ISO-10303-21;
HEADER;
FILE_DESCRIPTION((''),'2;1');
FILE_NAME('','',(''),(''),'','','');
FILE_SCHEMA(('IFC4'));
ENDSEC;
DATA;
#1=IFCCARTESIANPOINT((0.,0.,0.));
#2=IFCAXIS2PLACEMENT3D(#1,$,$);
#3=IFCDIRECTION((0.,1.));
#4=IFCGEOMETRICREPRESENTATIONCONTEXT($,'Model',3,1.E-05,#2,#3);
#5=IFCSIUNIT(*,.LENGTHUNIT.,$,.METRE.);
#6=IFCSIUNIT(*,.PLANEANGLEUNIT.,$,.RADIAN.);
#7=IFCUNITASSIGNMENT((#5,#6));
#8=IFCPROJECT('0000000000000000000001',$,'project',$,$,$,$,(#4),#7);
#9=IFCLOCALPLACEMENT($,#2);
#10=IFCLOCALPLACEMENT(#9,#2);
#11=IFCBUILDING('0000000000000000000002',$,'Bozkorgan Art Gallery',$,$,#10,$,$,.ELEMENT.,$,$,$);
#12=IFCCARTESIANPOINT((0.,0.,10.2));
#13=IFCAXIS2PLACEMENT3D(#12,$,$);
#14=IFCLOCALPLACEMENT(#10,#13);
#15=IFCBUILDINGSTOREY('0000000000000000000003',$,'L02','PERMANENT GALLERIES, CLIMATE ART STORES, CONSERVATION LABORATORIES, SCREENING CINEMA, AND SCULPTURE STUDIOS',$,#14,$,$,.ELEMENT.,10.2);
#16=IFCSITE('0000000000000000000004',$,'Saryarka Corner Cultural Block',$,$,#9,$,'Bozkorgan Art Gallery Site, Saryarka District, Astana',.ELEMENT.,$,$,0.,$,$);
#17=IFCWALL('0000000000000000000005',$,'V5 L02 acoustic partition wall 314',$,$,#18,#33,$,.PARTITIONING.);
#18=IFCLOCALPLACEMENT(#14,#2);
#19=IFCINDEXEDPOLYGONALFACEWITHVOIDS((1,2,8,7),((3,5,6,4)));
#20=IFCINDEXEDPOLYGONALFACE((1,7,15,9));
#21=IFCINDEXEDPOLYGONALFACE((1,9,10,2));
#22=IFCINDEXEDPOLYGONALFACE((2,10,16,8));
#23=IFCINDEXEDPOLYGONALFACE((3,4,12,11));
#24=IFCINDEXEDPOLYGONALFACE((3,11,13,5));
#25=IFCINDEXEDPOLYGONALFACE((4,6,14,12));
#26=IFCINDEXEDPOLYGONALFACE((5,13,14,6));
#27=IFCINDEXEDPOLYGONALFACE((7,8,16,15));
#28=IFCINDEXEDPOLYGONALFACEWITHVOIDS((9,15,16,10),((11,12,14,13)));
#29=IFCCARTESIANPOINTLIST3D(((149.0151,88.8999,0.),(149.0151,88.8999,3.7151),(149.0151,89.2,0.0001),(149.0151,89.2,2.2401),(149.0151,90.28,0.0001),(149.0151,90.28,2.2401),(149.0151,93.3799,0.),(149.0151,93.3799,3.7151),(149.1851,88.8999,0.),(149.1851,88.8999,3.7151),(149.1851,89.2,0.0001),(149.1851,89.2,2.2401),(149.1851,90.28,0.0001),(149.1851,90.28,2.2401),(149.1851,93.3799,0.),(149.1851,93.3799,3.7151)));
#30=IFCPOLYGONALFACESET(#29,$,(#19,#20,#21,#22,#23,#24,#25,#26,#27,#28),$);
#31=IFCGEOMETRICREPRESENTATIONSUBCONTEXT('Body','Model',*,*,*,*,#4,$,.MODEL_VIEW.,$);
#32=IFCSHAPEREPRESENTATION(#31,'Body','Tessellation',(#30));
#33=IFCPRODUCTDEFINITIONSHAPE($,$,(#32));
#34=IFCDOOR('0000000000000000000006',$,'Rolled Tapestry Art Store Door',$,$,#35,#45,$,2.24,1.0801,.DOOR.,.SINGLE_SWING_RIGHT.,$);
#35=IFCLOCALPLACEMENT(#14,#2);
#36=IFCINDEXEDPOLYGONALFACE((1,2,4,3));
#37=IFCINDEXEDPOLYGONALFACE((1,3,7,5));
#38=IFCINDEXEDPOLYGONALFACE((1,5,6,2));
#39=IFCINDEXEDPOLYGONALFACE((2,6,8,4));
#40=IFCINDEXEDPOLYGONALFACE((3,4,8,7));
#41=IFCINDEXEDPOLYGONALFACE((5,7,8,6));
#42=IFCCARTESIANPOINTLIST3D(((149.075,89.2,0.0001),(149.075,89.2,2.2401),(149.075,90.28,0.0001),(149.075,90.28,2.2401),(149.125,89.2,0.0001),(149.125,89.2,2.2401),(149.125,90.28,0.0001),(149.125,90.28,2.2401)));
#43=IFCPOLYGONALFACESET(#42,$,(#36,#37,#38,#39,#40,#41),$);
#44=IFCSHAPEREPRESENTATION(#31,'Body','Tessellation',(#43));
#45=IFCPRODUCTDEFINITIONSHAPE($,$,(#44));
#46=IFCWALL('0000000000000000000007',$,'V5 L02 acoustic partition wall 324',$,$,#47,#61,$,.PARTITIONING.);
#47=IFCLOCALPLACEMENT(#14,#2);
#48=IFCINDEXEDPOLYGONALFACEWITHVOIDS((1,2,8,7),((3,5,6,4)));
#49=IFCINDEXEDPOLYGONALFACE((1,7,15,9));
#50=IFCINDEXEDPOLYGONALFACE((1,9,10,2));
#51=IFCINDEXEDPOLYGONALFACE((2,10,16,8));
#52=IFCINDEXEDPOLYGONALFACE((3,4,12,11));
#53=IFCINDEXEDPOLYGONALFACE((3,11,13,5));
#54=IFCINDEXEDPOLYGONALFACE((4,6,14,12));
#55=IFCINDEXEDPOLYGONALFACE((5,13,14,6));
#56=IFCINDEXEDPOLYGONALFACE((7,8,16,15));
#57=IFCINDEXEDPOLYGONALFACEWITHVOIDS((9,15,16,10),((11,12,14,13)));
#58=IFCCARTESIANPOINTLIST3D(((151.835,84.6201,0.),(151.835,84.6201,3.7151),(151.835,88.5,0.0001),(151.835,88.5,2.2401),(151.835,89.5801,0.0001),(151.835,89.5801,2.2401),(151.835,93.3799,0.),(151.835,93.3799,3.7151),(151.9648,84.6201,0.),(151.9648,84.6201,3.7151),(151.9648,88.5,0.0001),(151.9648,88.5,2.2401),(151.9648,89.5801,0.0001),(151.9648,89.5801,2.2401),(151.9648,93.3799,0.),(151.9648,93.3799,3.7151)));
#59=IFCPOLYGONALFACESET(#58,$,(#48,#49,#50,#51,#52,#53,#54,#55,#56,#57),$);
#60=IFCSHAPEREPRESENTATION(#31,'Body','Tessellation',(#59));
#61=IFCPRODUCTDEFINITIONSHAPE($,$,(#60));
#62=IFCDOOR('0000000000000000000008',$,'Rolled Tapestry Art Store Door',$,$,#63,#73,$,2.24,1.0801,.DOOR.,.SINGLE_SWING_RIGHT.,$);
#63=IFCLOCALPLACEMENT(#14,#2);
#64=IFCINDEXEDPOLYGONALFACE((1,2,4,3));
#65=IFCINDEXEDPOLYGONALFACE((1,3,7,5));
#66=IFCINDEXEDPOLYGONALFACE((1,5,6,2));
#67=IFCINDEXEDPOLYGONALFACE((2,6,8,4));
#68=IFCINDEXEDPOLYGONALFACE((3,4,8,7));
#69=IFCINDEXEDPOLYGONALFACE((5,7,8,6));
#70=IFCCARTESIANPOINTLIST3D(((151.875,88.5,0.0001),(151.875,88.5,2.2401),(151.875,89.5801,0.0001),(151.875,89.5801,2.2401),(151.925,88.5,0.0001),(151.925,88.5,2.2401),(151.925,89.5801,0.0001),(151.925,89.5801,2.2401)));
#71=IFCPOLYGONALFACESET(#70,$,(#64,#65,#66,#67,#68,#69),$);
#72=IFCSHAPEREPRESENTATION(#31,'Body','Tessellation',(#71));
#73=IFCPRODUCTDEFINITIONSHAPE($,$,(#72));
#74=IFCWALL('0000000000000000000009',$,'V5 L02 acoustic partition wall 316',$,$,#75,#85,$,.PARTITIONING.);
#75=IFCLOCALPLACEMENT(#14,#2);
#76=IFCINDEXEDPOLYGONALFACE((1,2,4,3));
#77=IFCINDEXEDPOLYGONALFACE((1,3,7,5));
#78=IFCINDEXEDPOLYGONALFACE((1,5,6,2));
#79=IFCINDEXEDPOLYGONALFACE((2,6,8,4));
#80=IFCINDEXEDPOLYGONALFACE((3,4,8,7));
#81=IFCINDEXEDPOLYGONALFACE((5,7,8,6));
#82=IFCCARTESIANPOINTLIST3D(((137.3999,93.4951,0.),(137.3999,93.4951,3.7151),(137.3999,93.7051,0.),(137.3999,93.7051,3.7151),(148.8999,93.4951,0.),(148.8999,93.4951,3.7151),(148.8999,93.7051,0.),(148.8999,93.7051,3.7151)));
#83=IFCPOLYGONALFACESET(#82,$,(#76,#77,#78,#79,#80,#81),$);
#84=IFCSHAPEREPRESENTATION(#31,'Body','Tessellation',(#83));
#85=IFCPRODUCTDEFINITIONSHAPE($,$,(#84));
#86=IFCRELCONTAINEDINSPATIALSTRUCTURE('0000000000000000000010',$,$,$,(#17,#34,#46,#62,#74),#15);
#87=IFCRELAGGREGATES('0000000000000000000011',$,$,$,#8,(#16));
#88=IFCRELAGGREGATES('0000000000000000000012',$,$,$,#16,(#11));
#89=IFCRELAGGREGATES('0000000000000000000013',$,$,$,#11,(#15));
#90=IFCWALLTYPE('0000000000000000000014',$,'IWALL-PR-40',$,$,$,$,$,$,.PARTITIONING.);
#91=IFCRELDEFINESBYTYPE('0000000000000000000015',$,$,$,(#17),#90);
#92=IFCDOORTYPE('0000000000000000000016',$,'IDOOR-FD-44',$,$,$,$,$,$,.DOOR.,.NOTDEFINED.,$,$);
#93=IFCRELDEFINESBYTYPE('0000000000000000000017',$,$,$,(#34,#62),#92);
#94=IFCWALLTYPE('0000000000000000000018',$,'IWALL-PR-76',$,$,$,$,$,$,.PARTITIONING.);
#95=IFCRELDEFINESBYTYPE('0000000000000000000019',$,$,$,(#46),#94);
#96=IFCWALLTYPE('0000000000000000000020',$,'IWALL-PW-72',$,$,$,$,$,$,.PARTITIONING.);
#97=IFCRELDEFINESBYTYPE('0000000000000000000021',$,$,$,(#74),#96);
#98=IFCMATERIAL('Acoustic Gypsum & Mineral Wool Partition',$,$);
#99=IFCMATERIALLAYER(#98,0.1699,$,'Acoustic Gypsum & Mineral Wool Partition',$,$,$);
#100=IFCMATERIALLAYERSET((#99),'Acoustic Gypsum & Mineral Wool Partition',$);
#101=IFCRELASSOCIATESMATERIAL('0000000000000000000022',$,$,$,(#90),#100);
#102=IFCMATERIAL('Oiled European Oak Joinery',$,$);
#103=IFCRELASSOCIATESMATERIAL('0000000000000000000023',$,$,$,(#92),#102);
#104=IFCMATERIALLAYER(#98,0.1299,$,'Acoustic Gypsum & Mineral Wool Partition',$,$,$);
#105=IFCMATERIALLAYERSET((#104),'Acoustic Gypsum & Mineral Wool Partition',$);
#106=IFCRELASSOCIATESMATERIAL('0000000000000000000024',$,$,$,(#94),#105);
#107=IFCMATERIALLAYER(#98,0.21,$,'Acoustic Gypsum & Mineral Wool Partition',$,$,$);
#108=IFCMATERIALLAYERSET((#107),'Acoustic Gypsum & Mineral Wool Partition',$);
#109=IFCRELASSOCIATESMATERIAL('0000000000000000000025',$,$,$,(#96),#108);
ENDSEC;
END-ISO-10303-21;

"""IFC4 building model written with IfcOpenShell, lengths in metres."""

from ifc_helpers import new_model, si_unit, direction, frame, frame_2d, origin, place, context, subcontext, project, spatial, rectangle, extrude, material, layer, layer_set, type_object, element, fill, save


model = new_model("IFC4")

# Units and contexts
model_context = context("Model", 3, precision=1e-05, world=origin(), true_north=direction((0.0, 1.0)))
body_context = subcontext(model_context, "Body", "Model", "MODEL_VIEW")
ifc_project = project(units=[si_unit("LENGTHUNIT", "METRE"), si_unit("PLANEANGLEUNIT", "RADIAN")], contexts=[model_context])

# Site, building, storey
site_placement = place(None, origin())
site = spatial("IfcSite", under=ifc_project, at=site_placement, Name="Saryarka Corner Cultural Block", LongName="Bozkorgan Art Gallery Site, Saryarka District, Astana", CompositionType="ELEMENT", RefElevation=0.0)
building_placement = place(site_placement, origin())
building = spatial("IfcBuilding", under=site, at=building_placement, Name="Bozkorgan Art Gallery", CompositionType="ELEMENT")
storey_placement = place(building_placement, frame((0.0, 0.0, 10.2)))
storey = spatial("IfcBuildingStorey", under=building, at=storey_placement, Name="L02", Description="PERMANENT GALLERIES, CLIMATE ART STORES, CONSERVATION LABORATORIES, SCREENING CINEMA, AND SCULPTURE STUDIOS", CompositionType="ELEMENT", Elevation=10.2)

# Walls, openings, doors
ifc_material_1 = material(Name="Acoustic Gypsum & Mineral Wool Partition")
ifc_material_2 = material(Name="Oiled European Oak Joinery")
ifc_layer_1 = layer(ifc_material_1, 0.1699, Name="Acoustic Gypsum & Mineral Wool Partition")
ifc_layer_set_1 = layer_set([ifc_layer_1], Name="Acoustic Gypsum & Mineral Wool Partition")
wall_type_1 = type_object("IfcWallType", Name="IWALL-PR-40", PredefinedType="PARTITIONING", material=ifc_layer_set_1)
wall_1_placement = place(storey_placement, frame((149.1001, 88.8999, 0.0), z_axis=(0.0, 0.0, 1.0), x_axis=(0.0, 1.0, 0.0)))
wall_1 = element("IfcWall", 1, at=wall_1_placement, inside=storey, type_object=wall_type_1, Name="V5 L02 acoustic partition wall 314", PredefinedType="PARTITIONING", context=body_context, shape_type="SweptSolid", body=[
    extrude(rectangle(XDim=4.48, YDim=0.1699, at=frame_2d((2.24, 0.0))), origin(), (0.0, 0.0, 1.0), 3.7151),
])
opening_1_placement = place(wall_1_placement, frame((1.3801, 0.0, 0.0), z_axis=(0.0, 0.0, 1.0), x_axis=(-1.0, 0.0, 0.0)))
opening_1 = element("IfcOpeningElement", 2, at=opening_1_placement, cuts=wall_1, PredefinedType="OPENING", context=body_context, shape_type="SweptSolid", body=[
    extrude(rectangle(XDim=1.0801, YDim=2.24, at=frame_2d((0.54, 1.1201))), frame((0.0, 0.095, 0.0), z_axis=(0.0, -1.0, 0.0), x_axis=(1.0, 0.0, 0.0)), (0.0, 0.0, 1.0), 0.1899),
])
door_type_1 = type_object("IfcDoorType", Name="IDOOR-FD-44", OperationType="NOTDEFINED", PredefinedType="DOOR", material=ifc_material_2)
door_1_placement = place(opening_1_placement, origin())
door_1 = element("IfcDoor", 3, at=door_1_placement, inside=storey, type_object=door_type_1, Name="Rolled Tapestry Art Store Door", OperationType="SINGLE_SWING_RIGHT", OverallHeight=2.24, OverallWidth=1.0801, PredefinedType="DOOR", context=body_context, shape_type="SweptSolid", body=[
    extrude(rectangle(XDim=1.0801, YDim=2.24, at=frame_2d((0.54, 1.1201))), frame((0.0, 0.0249, 0.0), z_axis=(0.0, -1.0, 0.0), x_axis=(1.0, 0.0, 0.0)), (0.0, 0.0, 1.0), 0.05),
])
fill(opening_1, door_1)
ifc_layer_2 = layer(ifc_material_1, 0.1299, Name="Acoustic Gypsum & Mineral Wool Partition")
ifc_layer_set_2 = layer_set([ifc_layer_2], Name="Acoustic Gypsum & Mineral Wool Partition")
wall_type_2 = type_object("IfcWallType", Name="IWALL-PR-76", PredefinedType="PARTITIONING", material=ifc_layer_set_2)
wall_2_placement = place(storey_placement, frame((151.8999, 84.6201, 0.0), z_axis=(0.0, 0.0, 1.0), x_axis=(0.0, 1.0, 0.0)))
wall_2 = element("IfcWall", 4, at=wall_2_placement, inside=storey, type_object=wall_type_2, Name="V5 L02 acoustic partition wall 324", PredefinedType="PARTITIONING", context=body_context, shape_type="SweptSolid", body=[
    extrude(rectangle(XDim=8.7598, YDim=0.1299, at=frame_2d((4.3799, 0.0))), origin(), (0.0, 0.0, 1.0), 3.7151),
])
opening_2_placement = place(wall_2_placement, frame((3.8799, 0.0, 0.0)))
opening_2 = element("IfcOpeningElement", 5, at=opening_2_placement, cuts=wall_2, PredefinedType="OPENING", context=body_context, shape_type="SweptSolid", body=[
    extrude(rectangle(XDim=1.0801, YDim=2.24, at=frame_2d((0.54, 1.1201))), frame((0.0, 0.075, 0.0), z_axis=(0.0, -1.0, 0.0), x_axis=(1.0, 0.0, 0.0)), (0.0, 0.0, 1.0), 0.1499),
])
door_2_placement = place(opening_2_placement, origin())
door_2 = element("IfcDoor", 6, at=door_2_placement, inside=storey, type_object=door_type_1, Name="Rolled Tapestry Art Store Door", OperationType="SINGLE_SWING_RIGHT", OverallHeight=2.24, OverallWidth=1.0801, PredefinedType="DOOR", context=body_context, shape_type="SweptSolid", body=[
    extrude(rectangle(XDim=1.0801, YDim=2.24, at=frame_2d((0.54, 1.1201))), frame((0.0, 0.0249, 0.0), z_axis=(0.0, -1.0, 0.0), x_axis=(1.0, 0.0, 0.0)), (0.0, 0.0, 1.0), 0.05),
])
fill(opening_2, door_2)

# Wall
ifc_layer_3 = layer(ifc_material_1, 0.21, Name="Acoustic Gypsum & Mineral Wool Partition")
ifc_layer_set_3 = layer_set([ifc_layer_3], Name="Acoustic Gypsum & Mineral Wool Partition")
wall_type_3 = type_object("IfcWallType", Name="IWALL-PW-72", PredefinedType="PARTITIONING", material=ifc_layer_set_3)
wall_3_placement = place(storey_placement, frame((137.3999, 93.6001, 0.0), z_axis=(0.0, 0.0, 1.0), x_axis=(1.0, 0.0, 0.0)))
element("IfcWall", 7, at=wall_3_placement, inside=storey, type_object=wall_type_3, Name="V5 L02 acoustic partition wall 316", PredefinedType="PARTITIONING", context=body_context, shape_type="SweptSolid", body=[
    extrude(rectangle(XDim=11.5, YDim=0.21, at=frame_2d((5.75, 0.0))), origin(), (0.0, 0.0, 1.0), 3.7151),
])

save(model, "model.ifc")
